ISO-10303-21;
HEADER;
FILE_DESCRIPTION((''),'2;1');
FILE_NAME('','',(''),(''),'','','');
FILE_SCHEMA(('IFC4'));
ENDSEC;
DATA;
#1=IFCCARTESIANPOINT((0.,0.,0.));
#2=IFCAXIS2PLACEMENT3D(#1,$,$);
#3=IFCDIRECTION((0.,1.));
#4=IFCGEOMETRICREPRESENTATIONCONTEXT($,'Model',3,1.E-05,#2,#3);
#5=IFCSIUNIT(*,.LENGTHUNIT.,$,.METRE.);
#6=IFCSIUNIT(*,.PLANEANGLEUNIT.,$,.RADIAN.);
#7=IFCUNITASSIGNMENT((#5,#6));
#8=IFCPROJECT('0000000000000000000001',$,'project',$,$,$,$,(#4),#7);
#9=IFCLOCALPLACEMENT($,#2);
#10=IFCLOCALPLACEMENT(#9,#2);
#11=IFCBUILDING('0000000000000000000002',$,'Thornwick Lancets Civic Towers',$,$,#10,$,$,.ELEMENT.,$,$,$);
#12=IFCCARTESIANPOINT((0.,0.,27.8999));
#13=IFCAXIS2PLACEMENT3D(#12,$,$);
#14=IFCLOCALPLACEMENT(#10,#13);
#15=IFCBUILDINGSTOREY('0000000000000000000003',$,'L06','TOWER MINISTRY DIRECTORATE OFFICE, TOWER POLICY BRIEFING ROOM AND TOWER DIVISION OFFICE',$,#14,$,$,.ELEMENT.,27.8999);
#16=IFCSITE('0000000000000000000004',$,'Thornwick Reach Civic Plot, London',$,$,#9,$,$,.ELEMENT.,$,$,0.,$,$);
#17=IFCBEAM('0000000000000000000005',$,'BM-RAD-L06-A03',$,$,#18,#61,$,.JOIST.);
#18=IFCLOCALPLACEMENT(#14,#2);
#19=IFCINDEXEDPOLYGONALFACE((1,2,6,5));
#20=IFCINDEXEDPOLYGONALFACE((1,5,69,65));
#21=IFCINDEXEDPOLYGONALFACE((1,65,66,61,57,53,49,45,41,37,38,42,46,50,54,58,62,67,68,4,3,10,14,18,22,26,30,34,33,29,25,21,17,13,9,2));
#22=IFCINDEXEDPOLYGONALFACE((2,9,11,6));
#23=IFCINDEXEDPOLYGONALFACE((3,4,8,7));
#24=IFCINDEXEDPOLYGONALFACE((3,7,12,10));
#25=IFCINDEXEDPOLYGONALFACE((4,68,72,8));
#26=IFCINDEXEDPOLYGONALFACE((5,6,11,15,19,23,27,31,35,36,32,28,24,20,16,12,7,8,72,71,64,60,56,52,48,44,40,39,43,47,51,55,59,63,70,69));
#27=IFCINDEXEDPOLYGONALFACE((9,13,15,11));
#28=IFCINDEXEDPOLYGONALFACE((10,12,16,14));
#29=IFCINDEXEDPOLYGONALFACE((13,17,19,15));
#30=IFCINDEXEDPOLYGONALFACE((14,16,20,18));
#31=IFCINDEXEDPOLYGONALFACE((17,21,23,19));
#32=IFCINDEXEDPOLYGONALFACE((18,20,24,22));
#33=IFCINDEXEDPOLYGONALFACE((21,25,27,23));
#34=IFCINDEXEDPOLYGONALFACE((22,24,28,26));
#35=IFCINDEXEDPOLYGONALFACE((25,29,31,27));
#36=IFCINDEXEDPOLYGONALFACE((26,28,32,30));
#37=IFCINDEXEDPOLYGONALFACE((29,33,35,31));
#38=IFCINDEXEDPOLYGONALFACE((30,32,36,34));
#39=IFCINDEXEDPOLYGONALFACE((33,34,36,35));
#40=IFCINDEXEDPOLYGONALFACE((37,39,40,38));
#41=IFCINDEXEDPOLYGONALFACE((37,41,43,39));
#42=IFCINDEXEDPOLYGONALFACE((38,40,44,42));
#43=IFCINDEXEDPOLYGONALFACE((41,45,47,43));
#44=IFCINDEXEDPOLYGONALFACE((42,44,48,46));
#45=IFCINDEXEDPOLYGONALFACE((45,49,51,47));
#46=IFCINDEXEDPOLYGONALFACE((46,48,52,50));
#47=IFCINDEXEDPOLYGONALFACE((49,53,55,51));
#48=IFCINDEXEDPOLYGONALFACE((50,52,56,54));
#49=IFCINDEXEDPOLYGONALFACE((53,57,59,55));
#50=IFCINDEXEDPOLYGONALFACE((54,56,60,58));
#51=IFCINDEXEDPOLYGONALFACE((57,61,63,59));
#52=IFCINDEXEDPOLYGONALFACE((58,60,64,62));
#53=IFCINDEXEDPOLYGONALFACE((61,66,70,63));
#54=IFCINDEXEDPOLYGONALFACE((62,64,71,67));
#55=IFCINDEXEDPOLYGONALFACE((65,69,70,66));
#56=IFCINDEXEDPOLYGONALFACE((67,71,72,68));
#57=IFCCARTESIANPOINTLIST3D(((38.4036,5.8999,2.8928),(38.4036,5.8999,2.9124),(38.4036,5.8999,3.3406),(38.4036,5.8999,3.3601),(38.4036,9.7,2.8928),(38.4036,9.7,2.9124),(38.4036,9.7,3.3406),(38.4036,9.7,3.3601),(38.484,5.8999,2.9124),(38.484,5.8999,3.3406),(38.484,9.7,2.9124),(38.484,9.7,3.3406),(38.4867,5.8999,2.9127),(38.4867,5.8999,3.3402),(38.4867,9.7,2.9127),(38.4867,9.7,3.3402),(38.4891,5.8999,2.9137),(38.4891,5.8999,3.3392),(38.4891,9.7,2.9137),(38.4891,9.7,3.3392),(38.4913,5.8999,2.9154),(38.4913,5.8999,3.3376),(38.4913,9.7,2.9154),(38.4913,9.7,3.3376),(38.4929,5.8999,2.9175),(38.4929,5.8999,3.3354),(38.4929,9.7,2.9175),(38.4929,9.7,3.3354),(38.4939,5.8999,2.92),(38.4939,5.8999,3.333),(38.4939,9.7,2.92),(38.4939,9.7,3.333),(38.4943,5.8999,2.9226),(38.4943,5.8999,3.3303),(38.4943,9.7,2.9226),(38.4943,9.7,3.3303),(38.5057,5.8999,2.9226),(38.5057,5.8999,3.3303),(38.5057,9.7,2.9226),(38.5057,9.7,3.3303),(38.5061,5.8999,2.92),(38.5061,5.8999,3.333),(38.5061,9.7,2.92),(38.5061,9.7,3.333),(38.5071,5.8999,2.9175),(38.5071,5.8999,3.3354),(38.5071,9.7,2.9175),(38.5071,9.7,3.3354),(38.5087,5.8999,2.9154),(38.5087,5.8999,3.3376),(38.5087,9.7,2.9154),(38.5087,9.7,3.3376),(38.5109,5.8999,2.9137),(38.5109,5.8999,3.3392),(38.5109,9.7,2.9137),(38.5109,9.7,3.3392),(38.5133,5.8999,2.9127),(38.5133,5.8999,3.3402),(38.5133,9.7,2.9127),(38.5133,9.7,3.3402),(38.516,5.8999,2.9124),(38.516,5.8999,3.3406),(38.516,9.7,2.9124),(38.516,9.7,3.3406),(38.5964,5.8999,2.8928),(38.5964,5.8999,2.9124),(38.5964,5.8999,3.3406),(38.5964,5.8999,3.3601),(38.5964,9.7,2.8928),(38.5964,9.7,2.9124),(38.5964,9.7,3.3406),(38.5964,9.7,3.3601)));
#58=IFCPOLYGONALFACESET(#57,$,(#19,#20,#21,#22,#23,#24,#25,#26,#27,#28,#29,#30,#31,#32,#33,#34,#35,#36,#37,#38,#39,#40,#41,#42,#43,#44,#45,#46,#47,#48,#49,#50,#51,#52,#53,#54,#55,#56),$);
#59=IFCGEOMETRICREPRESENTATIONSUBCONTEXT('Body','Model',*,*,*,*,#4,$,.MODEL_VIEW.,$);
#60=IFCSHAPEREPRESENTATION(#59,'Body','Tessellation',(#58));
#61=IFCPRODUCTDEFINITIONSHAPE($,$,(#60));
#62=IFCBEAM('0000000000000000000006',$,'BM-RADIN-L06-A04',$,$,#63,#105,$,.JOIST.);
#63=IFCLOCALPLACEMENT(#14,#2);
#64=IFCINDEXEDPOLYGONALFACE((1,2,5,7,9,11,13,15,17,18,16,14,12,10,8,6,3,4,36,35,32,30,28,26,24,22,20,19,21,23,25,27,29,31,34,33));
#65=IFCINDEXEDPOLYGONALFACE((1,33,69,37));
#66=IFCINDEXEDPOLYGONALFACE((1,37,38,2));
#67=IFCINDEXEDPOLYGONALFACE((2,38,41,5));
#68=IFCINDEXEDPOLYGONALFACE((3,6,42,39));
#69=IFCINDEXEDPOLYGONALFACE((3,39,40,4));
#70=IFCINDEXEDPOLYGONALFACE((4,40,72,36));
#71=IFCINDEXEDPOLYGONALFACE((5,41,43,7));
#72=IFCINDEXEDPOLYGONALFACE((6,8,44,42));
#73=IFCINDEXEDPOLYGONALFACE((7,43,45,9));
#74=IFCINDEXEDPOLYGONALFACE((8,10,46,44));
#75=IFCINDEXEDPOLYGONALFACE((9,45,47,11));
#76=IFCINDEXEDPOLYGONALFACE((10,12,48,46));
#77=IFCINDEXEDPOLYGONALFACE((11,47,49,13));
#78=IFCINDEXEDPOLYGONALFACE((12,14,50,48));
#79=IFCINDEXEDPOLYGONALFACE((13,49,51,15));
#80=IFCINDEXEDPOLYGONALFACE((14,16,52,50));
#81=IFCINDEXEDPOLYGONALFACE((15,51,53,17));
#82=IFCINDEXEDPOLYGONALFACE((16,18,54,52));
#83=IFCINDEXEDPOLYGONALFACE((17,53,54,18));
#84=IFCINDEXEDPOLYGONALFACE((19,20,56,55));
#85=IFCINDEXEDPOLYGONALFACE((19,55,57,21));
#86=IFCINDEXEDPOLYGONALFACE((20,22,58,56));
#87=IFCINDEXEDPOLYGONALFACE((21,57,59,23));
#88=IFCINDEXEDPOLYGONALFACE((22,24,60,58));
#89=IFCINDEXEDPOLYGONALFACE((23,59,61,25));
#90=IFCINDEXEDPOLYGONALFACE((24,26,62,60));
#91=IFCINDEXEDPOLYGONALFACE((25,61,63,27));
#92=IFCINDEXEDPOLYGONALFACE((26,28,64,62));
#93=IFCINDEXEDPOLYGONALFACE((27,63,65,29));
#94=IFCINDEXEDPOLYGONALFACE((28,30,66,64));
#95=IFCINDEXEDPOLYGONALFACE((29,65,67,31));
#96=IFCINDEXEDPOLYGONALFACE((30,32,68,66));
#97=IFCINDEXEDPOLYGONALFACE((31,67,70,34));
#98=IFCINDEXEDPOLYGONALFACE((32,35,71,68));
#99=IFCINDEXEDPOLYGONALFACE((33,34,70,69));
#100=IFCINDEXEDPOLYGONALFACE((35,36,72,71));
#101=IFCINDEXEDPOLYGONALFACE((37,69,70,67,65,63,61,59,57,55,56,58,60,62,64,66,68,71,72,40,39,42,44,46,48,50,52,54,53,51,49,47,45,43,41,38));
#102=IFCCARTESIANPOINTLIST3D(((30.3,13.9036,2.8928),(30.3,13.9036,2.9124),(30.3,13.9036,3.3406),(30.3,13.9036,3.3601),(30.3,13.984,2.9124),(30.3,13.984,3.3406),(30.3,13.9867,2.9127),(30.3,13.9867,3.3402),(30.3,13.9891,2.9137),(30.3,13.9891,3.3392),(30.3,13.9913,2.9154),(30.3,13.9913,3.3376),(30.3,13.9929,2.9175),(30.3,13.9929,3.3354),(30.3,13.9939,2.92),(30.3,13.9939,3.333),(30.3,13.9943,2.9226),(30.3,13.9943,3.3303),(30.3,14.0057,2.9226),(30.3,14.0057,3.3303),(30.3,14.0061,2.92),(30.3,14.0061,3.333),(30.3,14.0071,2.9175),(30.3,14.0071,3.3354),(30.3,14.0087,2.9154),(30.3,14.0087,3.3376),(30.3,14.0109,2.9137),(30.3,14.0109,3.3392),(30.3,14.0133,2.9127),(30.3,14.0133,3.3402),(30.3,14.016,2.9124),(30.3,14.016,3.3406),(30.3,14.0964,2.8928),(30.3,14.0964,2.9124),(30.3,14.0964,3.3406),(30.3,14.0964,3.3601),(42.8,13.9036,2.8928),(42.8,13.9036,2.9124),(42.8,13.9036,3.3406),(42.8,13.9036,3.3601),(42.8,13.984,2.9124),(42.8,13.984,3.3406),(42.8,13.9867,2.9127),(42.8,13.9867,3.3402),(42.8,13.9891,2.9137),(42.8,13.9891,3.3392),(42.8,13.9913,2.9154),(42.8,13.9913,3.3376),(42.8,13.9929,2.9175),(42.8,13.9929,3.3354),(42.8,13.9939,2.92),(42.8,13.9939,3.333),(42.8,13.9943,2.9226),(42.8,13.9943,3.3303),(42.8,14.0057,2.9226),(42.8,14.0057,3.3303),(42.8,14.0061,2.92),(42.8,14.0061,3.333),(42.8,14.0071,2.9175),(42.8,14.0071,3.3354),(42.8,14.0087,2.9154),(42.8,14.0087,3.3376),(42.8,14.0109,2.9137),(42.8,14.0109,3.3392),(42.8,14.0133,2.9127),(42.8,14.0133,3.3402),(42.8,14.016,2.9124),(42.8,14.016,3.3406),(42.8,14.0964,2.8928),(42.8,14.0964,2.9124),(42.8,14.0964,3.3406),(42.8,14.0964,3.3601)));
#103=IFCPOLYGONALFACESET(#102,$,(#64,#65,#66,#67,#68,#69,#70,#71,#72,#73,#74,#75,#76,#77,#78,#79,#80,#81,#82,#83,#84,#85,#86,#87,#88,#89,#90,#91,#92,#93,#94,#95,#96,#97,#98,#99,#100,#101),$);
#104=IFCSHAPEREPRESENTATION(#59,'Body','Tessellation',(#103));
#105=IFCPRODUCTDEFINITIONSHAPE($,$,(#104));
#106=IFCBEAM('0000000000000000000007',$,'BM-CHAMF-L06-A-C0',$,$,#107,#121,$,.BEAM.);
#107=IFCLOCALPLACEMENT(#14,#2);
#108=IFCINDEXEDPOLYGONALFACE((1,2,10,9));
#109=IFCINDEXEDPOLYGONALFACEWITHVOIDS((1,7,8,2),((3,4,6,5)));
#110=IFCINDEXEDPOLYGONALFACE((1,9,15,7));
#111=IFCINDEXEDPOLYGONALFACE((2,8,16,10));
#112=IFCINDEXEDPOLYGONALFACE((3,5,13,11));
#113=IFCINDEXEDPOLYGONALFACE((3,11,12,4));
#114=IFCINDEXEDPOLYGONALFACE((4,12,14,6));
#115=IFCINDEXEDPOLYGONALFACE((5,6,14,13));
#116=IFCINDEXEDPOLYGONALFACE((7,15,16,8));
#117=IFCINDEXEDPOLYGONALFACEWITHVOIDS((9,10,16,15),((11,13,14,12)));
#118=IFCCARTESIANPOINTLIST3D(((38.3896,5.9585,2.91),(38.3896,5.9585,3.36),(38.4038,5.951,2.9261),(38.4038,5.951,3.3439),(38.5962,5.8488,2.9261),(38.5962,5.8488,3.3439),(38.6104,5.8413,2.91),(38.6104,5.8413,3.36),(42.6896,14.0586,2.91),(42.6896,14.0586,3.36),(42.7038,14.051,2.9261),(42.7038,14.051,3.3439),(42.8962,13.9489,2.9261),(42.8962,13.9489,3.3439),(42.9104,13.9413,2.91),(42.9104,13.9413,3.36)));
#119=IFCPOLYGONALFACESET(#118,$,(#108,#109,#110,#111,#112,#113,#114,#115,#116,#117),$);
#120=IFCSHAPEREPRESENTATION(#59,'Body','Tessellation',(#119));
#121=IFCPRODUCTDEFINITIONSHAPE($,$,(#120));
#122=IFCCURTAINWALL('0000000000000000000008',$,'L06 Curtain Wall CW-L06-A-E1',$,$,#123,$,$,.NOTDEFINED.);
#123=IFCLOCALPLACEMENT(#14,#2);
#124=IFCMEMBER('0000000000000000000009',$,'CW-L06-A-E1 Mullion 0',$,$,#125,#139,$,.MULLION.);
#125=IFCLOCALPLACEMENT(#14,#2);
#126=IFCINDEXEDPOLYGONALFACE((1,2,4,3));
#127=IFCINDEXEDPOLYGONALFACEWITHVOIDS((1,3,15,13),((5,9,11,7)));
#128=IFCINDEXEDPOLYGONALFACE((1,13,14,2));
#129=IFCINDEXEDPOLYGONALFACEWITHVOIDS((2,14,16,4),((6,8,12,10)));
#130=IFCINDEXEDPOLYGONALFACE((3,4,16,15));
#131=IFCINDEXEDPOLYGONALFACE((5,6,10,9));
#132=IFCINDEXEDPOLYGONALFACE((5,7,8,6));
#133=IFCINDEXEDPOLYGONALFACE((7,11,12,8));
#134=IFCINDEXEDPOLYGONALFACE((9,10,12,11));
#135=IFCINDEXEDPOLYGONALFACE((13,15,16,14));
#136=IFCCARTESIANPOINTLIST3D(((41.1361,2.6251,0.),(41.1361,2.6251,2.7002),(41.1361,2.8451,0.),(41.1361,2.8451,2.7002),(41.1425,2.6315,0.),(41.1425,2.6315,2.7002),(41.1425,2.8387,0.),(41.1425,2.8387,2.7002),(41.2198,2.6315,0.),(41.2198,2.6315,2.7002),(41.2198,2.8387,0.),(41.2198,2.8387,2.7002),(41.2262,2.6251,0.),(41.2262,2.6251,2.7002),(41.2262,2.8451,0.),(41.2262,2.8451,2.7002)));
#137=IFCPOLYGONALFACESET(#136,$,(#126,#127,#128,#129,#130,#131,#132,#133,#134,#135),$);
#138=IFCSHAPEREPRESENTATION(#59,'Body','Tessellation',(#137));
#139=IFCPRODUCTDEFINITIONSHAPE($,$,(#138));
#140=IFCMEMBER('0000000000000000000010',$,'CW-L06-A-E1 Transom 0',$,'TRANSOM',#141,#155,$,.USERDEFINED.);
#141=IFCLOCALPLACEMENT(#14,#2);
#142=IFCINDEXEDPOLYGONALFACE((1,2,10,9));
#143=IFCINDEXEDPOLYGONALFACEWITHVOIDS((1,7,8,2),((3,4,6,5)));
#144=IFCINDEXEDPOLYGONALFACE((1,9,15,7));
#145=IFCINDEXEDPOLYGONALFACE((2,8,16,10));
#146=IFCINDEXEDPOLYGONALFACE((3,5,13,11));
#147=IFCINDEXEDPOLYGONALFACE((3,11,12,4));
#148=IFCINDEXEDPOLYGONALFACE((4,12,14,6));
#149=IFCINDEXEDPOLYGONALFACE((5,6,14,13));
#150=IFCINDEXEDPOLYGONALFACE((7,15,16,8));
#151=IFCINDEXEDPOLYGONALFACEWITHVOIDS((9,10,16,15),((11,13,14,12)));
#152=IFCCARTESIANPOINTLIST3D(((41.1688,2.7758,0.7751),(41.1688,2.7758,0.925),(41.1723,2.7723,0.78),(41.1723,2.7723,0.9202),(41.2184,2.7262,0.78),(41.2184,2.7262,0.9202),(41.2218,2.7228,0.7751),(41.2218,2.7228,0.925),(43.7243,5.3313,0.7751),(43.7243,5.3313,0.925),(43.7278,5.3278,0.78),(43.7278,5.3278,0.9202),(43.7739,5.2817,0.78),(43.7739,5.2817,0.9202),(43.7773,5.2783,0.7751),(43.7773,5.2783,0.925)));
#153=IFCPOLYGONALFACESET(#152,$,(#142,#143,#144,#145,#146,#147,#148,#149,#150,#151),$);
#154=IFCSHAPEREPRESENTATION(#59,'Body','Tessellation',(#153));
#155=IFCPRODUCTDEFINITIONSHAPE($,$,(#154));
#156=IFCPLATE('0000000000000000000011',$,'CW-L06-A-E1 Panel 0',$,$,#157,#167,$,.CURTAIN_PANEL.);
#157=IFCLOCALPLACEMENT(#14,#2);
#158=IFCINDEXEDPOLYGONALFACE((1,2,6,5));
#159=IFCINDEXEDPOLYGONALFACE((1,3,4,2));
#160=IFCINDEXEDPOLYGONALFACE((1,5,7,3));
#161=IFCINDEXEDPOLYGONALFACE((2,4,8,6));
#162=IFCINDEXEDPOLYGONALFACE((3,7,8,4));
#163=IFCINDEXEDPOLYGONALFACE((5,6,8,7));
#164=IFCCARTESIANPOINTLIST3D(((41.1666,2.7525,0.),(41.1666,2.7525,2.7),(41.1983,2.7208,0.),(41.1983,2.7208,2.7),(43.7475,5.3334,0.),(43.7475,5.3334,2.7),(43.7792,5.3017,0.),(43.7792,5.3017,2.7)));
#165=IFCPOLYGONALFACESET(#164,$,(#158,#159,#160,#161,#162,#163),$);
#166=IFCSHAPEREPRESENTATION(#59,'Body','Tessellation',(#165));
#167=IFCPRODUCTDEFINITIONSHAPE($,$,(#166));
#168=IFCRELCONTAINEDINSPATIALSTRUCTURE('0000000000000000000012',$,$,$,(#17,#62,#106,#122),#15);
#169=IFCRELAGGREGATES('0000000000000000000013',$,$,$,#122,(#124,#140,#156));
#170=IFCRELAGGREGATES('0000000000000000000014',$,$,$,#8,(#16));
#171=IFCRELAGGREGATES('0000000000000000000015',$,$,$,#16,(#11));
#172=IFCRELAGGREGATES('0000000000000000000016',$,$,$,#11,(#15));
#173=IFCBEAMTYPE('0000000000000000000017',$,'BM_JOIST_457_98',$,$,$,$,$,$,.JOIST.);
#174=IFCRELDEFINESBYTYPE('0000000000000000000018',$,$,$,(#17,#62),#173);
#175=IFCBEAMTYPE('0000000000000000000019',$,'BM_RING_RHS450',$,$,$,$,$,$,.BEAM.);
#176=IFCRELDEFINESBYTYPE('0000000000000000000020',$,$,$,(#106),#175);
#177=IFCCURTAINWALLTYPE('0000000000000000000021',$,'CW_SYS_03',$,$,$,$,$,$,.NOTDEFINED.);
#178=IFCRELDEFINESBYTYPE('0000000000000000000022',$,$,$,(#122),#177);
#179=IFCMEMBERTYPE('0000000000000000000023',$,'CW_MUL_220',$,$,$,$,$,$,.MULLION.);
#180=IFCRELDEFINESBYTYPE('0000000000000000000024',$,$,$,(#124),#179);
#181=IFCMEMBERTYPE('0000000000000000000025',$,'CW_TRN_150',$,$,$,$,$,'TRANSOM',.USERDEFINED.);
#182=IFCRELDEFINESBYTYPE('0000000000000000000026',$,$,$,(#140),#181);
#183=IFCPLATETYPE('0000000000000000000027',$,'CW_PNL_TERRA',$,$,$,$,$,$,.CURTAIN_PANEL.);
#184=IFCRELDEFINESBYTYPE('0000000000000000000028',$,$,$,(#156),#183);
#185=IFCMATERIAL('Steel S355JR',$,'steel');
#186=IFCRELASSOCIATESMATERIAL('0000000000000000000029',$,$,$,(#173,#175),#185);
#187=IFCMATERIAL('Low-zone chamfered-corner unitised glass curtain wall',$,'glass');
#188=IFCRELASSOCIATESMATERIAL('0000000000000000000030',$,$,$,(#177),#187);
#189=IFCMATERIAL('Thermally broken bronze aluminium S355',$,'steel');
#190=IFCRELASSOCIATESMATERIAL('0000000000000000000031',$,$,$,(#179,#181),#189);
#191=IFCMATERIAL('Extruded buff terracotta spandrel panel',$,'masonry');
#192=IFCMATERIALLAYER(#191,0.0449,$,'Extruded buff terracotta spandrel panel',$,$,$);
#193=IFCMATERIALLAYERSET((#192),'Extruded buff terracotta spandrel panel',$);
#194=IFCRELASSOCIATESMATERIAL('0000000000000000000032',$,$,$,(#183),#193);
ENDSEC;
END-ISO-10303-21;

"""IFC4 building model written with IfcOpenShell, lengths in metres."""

from ifc_helpers import new_model, si_unit, direction, frame, origin, origin_2d, place, context, subcontext, project, spatial, rectangle, hollow_rectangle, i_section, extrude, material, layer, layer_set, material_profile, profile_set, type_object, element, aggregate, save


model = new_model("IFC4")

# Units and contexts
model_context = context("Model", 3, precision=1e-05, world=origin(), true_north=direction((0.0, 1.0)))
body_context = subcontext(model_context, "Body", "Model", "MODEL_VIEW")
ifc_project = project(units=[si_unit("LENGTHUNIT", "METRE"), si_unit("PLANEANGLEUNIT", "RADIAN")], contexts=[model_context])

# Site, building, storey
site_placement = place(None, origin())
site = spatial("IfcSite", under=ifc_project, at=site_placement, Name="Thornwick Reach Civic Plot, London", CompositionType="ELEMENT", RefElevation=0.0)
building_placement = place(site_placement, origin())
building = spatial("IfcBuilding", under=site, at=building_placement, Name="Thornwick Lancets Civic Towers", CompositionType="ELEMENT")
storey_placement = place(building_placement, frame((0.0, 0.0, 27.8999)))
storey = spatial("IfcBuildingStorey", under=building, at=storey_placement, Name="L06", Description="TOWER MINISTRY DIRECTORATE OFFICE, TOWER POLICY BRIEFING ROOM AND TOWER DIVISION OFFICE", CompositionType="ELEMENT", Elevation=27.8999)

# Beams
ifc_material_1 = material(Name="Steel S355JR", Category="steel")
ifc_material_profile_1 = material_profile(ifc_material_1, i_section(OverallWidth=0.1929, OverallDepth=0.4673, WebThickness=0.0115, FlangeThickness=0.0195, FilletRadius=0.0103, at=origin_2d()), Name="UKB 457x191x98")
ifc_profile_set_1 = profile_set([ifc_material_profile_1], Name="Steel S355JR")
beam_type_1 = type_object("IfcBeamType", Name="BM_JOIST_457_98", PredefinedType="JOIST", material=ifc_profile_set_1)
beam_1_placement = place(storey_placement, frame((38.5, 9.7, 3.1265), z_axis=(0.0, -1.0, 0.0), x_axis=(1.0, 0.0, 0.0)))
element("IfcBeam", 1, at=beam_1_placement, inside=storey, type_object=beam_type_1, Name="BM-RAD-L06-A03", PredefinedType="JOIST", context=body_context, shape_type="SweptSolid", body=[
    extrude(i_section(OverallWidth=0.1929, OverallDepth=0.4673, WebThickness=0.0115, FlangeThickness=0.0195, FilletRadius=0.0103, at=origin_2d()), origin(), (0.0, 0.0, 1.0), 3.8),
])
beam_2_placement = place(storey_placement, frame((30.3, 14.0, 3.1265), z_axis=(1.0, 0.0, 0.0), x_axis=(0.0, 1.0, 0.0)))
element("IfcBeam", 2, at=beam_2_placement, inside=storey, type_object=beam_type_1, Name="BM-RADIN-L06-A04", PredefinedType="JOIST", context=body_context, shape_type="SweptSolid", body=[
    extrude(i_section(OverallWidth=0.1929, OverallDepth=0.4673, WebThickness=0.0115, FlangeThickness=0.0195, FilletRadius=0.0103, at=origin_2d()), origin(), (0.0, 0.0, 1.0), 12.5),
])
ifc_material_profile_2 = material_profile(ifc_material_1, hollow_rectangle(XDim=0.25, YDim=0.45, WallThickness=0.0161, at=origin_2d()), Name="RHS 450x250x16")
ifc_profile_set_2 = profile_set([ifc_material_profile_2], Name="Steel S355JR")
beam_type_2 = type_object("IfcBeamType", Name="BM_RING_RHS450", PredefinedType="BEAM", material=ifc_profile_set_2)
beam_3_placement = place(storey_placement, frame((38.5, 5.8999, 3.135), z_axis=(0.468889, 0.883257, 0.0), x_axis=(-0.883257, 0.468889, 0.0)))
element("IfcBeam", 3, at=beam_3_placement, inside=storey, type_object=beam_type_2, Name="BM-CHAMF-L06-A-C0", PredefinedType="BEAM", context=body_context, shape_type="SweptSolid", body=[
    extrude(hollow_rectangle(XDim=0.25, YDim=0.45, WallThickness=0.0161, at=origin_2d()), origin(), (0.0, 0.0, 1.0), 9.1707),
])

# Curtain wall, members, plate
ifc_material_2 = material(Name="Low-zone chamfered-corner unitised glass curtain wall", Category="glass")
curtain_wall_type = type_object("IfcCurtainWallType", Name="CW_SYS_03", PredefinedType="NOTDEFINED", material=ifc_material_2)
curtain_wall_placement = place(storey_placement, origin())
curtain_wall = element("IfcCurtainWall", 4, at=curtain_wall_placement, inside=storey, type_object=curtain_wall_type, Name="L06 Curtain Wall CW-L06-A-E1", PredefinedType="NOTDEFINED")
ifc_material_3 = material(Name="Thermally broken bronze aluminium S355", Category="steel")
ifc_material_profile_3 = material_profile(ifc_material_3, hollow_rectangle(XDim=0.0901, YDim=0.22, WallThickness=0.0063, at=origin_2d()), Name="RHS 220x90x6.3")
ifc_profile_set_3 = profile_set([ifc_material_profile_3], Name="Thermally broken bronze aluminium S355")
member_type_1 = type_object("IfcMemberType", Name="CW_MUL_220", PredefinedType="MULLION", material=ifc_profile_set_3)
member_1_placement = place(storey_placement, frame((41.1812, 2.7351, 0.0), z_axis=(0.0, 0.0, 1.0), x_axis=(1.0, 0.0, 0.0)))
member_1 = element("IfcMember", 5, at=member_1_placement, type_object=member_type_1, Name="CW-L06-A-E1 Mullion 0", PredefinedType="MULLION", context=body_context, shape_type="SweptSolid", body=[
    extrude(hollow_rectangle(XDim=0.0901, YDim=0.22, WallThickness=0.0063, at=origin_2d()), origin(), (0.0, 0.0, 1.0), 2.7002),
])
ifc_material_profile_4 = material_profile(ifc_material_3, hollow_rectangle(XDim=0.075, YDim=0.1499, WallThickness=0.0049, at=origin_2d()), Name="RHS 150x75x5")
ifc_profile_set_4 = profile_set([ifc_material_profile_4], Name="Thermally broken bronze aluminium S355")
member_type_2 = type_object("IfcMemberType", Name="CW_TRN_150", ElementType="TRANSOM", PredefinedType="USERDEFINED", material=ifc_profile_set_4)
member_2_placement = place(storey_placement, frame((41.1953, 2.7493, 0.8501), z_axis=(0.707107, 0.707107, 0.0), x_axis=(-0.707107, 0.707107, 0.0)))
member_2 = element("IfcMember", 6, at=member_2_placement, type_object=member_type_2, Name="CW-L06-A-E1 Transom 0", ObjectType="TRANSOM", PredefinedType="USERDEFINED", context=body_context, shape_type="SweptSolid", body=[
    extrude(hollow_rectangle(XDim=0.075, YDim=0.1499, WallThickness=0.0049, at=origin_2d()), origin(), (0.0, 0.0, 1.0), 3.614),
])
ifc_material_4 = material(Name="Extruded buff terracotta spandrel panel", Category="masonry")
ifc_layer_1 = layer(ifc_material_4, 0.0449, Name="Extruded buff terracotta spandrel panel")
ifc_layer_set_1 = layer_set([ifc_layer_1], Name="Extruded buff terracotta spandrel panel")
plate_type = type_object("IfcPlateType", Name="CW_PNL_TERRA", PredefinedType="CURTAIN_PANEL", material=ifc_layer_set_1)
plate_placement = place(storey_placement, frame((42.4729, 4.0271, 0.0), z_axis=(0.0, 0.0, 1.0), x_axis=(0.707107, 0.707107, 0.0)))
plate = element("IfcPlate", 7, at=plate_placement, type_object=plate_type, Name="CW-L06-A-E1 Panel 0", PredefinedType="CURTAIN_PANEL", context=body_context, shape_type="SweptSolid", body=[
    extrude(rectangle(XDim=3.6499, YDim=0.0449, at=origin_2d()), origin(), (0.0, 0.0, 1.0), 2.7),
])
aggregate(curtain_wall, [member_1, member_2, plate])

save(model, "model.ifc")
